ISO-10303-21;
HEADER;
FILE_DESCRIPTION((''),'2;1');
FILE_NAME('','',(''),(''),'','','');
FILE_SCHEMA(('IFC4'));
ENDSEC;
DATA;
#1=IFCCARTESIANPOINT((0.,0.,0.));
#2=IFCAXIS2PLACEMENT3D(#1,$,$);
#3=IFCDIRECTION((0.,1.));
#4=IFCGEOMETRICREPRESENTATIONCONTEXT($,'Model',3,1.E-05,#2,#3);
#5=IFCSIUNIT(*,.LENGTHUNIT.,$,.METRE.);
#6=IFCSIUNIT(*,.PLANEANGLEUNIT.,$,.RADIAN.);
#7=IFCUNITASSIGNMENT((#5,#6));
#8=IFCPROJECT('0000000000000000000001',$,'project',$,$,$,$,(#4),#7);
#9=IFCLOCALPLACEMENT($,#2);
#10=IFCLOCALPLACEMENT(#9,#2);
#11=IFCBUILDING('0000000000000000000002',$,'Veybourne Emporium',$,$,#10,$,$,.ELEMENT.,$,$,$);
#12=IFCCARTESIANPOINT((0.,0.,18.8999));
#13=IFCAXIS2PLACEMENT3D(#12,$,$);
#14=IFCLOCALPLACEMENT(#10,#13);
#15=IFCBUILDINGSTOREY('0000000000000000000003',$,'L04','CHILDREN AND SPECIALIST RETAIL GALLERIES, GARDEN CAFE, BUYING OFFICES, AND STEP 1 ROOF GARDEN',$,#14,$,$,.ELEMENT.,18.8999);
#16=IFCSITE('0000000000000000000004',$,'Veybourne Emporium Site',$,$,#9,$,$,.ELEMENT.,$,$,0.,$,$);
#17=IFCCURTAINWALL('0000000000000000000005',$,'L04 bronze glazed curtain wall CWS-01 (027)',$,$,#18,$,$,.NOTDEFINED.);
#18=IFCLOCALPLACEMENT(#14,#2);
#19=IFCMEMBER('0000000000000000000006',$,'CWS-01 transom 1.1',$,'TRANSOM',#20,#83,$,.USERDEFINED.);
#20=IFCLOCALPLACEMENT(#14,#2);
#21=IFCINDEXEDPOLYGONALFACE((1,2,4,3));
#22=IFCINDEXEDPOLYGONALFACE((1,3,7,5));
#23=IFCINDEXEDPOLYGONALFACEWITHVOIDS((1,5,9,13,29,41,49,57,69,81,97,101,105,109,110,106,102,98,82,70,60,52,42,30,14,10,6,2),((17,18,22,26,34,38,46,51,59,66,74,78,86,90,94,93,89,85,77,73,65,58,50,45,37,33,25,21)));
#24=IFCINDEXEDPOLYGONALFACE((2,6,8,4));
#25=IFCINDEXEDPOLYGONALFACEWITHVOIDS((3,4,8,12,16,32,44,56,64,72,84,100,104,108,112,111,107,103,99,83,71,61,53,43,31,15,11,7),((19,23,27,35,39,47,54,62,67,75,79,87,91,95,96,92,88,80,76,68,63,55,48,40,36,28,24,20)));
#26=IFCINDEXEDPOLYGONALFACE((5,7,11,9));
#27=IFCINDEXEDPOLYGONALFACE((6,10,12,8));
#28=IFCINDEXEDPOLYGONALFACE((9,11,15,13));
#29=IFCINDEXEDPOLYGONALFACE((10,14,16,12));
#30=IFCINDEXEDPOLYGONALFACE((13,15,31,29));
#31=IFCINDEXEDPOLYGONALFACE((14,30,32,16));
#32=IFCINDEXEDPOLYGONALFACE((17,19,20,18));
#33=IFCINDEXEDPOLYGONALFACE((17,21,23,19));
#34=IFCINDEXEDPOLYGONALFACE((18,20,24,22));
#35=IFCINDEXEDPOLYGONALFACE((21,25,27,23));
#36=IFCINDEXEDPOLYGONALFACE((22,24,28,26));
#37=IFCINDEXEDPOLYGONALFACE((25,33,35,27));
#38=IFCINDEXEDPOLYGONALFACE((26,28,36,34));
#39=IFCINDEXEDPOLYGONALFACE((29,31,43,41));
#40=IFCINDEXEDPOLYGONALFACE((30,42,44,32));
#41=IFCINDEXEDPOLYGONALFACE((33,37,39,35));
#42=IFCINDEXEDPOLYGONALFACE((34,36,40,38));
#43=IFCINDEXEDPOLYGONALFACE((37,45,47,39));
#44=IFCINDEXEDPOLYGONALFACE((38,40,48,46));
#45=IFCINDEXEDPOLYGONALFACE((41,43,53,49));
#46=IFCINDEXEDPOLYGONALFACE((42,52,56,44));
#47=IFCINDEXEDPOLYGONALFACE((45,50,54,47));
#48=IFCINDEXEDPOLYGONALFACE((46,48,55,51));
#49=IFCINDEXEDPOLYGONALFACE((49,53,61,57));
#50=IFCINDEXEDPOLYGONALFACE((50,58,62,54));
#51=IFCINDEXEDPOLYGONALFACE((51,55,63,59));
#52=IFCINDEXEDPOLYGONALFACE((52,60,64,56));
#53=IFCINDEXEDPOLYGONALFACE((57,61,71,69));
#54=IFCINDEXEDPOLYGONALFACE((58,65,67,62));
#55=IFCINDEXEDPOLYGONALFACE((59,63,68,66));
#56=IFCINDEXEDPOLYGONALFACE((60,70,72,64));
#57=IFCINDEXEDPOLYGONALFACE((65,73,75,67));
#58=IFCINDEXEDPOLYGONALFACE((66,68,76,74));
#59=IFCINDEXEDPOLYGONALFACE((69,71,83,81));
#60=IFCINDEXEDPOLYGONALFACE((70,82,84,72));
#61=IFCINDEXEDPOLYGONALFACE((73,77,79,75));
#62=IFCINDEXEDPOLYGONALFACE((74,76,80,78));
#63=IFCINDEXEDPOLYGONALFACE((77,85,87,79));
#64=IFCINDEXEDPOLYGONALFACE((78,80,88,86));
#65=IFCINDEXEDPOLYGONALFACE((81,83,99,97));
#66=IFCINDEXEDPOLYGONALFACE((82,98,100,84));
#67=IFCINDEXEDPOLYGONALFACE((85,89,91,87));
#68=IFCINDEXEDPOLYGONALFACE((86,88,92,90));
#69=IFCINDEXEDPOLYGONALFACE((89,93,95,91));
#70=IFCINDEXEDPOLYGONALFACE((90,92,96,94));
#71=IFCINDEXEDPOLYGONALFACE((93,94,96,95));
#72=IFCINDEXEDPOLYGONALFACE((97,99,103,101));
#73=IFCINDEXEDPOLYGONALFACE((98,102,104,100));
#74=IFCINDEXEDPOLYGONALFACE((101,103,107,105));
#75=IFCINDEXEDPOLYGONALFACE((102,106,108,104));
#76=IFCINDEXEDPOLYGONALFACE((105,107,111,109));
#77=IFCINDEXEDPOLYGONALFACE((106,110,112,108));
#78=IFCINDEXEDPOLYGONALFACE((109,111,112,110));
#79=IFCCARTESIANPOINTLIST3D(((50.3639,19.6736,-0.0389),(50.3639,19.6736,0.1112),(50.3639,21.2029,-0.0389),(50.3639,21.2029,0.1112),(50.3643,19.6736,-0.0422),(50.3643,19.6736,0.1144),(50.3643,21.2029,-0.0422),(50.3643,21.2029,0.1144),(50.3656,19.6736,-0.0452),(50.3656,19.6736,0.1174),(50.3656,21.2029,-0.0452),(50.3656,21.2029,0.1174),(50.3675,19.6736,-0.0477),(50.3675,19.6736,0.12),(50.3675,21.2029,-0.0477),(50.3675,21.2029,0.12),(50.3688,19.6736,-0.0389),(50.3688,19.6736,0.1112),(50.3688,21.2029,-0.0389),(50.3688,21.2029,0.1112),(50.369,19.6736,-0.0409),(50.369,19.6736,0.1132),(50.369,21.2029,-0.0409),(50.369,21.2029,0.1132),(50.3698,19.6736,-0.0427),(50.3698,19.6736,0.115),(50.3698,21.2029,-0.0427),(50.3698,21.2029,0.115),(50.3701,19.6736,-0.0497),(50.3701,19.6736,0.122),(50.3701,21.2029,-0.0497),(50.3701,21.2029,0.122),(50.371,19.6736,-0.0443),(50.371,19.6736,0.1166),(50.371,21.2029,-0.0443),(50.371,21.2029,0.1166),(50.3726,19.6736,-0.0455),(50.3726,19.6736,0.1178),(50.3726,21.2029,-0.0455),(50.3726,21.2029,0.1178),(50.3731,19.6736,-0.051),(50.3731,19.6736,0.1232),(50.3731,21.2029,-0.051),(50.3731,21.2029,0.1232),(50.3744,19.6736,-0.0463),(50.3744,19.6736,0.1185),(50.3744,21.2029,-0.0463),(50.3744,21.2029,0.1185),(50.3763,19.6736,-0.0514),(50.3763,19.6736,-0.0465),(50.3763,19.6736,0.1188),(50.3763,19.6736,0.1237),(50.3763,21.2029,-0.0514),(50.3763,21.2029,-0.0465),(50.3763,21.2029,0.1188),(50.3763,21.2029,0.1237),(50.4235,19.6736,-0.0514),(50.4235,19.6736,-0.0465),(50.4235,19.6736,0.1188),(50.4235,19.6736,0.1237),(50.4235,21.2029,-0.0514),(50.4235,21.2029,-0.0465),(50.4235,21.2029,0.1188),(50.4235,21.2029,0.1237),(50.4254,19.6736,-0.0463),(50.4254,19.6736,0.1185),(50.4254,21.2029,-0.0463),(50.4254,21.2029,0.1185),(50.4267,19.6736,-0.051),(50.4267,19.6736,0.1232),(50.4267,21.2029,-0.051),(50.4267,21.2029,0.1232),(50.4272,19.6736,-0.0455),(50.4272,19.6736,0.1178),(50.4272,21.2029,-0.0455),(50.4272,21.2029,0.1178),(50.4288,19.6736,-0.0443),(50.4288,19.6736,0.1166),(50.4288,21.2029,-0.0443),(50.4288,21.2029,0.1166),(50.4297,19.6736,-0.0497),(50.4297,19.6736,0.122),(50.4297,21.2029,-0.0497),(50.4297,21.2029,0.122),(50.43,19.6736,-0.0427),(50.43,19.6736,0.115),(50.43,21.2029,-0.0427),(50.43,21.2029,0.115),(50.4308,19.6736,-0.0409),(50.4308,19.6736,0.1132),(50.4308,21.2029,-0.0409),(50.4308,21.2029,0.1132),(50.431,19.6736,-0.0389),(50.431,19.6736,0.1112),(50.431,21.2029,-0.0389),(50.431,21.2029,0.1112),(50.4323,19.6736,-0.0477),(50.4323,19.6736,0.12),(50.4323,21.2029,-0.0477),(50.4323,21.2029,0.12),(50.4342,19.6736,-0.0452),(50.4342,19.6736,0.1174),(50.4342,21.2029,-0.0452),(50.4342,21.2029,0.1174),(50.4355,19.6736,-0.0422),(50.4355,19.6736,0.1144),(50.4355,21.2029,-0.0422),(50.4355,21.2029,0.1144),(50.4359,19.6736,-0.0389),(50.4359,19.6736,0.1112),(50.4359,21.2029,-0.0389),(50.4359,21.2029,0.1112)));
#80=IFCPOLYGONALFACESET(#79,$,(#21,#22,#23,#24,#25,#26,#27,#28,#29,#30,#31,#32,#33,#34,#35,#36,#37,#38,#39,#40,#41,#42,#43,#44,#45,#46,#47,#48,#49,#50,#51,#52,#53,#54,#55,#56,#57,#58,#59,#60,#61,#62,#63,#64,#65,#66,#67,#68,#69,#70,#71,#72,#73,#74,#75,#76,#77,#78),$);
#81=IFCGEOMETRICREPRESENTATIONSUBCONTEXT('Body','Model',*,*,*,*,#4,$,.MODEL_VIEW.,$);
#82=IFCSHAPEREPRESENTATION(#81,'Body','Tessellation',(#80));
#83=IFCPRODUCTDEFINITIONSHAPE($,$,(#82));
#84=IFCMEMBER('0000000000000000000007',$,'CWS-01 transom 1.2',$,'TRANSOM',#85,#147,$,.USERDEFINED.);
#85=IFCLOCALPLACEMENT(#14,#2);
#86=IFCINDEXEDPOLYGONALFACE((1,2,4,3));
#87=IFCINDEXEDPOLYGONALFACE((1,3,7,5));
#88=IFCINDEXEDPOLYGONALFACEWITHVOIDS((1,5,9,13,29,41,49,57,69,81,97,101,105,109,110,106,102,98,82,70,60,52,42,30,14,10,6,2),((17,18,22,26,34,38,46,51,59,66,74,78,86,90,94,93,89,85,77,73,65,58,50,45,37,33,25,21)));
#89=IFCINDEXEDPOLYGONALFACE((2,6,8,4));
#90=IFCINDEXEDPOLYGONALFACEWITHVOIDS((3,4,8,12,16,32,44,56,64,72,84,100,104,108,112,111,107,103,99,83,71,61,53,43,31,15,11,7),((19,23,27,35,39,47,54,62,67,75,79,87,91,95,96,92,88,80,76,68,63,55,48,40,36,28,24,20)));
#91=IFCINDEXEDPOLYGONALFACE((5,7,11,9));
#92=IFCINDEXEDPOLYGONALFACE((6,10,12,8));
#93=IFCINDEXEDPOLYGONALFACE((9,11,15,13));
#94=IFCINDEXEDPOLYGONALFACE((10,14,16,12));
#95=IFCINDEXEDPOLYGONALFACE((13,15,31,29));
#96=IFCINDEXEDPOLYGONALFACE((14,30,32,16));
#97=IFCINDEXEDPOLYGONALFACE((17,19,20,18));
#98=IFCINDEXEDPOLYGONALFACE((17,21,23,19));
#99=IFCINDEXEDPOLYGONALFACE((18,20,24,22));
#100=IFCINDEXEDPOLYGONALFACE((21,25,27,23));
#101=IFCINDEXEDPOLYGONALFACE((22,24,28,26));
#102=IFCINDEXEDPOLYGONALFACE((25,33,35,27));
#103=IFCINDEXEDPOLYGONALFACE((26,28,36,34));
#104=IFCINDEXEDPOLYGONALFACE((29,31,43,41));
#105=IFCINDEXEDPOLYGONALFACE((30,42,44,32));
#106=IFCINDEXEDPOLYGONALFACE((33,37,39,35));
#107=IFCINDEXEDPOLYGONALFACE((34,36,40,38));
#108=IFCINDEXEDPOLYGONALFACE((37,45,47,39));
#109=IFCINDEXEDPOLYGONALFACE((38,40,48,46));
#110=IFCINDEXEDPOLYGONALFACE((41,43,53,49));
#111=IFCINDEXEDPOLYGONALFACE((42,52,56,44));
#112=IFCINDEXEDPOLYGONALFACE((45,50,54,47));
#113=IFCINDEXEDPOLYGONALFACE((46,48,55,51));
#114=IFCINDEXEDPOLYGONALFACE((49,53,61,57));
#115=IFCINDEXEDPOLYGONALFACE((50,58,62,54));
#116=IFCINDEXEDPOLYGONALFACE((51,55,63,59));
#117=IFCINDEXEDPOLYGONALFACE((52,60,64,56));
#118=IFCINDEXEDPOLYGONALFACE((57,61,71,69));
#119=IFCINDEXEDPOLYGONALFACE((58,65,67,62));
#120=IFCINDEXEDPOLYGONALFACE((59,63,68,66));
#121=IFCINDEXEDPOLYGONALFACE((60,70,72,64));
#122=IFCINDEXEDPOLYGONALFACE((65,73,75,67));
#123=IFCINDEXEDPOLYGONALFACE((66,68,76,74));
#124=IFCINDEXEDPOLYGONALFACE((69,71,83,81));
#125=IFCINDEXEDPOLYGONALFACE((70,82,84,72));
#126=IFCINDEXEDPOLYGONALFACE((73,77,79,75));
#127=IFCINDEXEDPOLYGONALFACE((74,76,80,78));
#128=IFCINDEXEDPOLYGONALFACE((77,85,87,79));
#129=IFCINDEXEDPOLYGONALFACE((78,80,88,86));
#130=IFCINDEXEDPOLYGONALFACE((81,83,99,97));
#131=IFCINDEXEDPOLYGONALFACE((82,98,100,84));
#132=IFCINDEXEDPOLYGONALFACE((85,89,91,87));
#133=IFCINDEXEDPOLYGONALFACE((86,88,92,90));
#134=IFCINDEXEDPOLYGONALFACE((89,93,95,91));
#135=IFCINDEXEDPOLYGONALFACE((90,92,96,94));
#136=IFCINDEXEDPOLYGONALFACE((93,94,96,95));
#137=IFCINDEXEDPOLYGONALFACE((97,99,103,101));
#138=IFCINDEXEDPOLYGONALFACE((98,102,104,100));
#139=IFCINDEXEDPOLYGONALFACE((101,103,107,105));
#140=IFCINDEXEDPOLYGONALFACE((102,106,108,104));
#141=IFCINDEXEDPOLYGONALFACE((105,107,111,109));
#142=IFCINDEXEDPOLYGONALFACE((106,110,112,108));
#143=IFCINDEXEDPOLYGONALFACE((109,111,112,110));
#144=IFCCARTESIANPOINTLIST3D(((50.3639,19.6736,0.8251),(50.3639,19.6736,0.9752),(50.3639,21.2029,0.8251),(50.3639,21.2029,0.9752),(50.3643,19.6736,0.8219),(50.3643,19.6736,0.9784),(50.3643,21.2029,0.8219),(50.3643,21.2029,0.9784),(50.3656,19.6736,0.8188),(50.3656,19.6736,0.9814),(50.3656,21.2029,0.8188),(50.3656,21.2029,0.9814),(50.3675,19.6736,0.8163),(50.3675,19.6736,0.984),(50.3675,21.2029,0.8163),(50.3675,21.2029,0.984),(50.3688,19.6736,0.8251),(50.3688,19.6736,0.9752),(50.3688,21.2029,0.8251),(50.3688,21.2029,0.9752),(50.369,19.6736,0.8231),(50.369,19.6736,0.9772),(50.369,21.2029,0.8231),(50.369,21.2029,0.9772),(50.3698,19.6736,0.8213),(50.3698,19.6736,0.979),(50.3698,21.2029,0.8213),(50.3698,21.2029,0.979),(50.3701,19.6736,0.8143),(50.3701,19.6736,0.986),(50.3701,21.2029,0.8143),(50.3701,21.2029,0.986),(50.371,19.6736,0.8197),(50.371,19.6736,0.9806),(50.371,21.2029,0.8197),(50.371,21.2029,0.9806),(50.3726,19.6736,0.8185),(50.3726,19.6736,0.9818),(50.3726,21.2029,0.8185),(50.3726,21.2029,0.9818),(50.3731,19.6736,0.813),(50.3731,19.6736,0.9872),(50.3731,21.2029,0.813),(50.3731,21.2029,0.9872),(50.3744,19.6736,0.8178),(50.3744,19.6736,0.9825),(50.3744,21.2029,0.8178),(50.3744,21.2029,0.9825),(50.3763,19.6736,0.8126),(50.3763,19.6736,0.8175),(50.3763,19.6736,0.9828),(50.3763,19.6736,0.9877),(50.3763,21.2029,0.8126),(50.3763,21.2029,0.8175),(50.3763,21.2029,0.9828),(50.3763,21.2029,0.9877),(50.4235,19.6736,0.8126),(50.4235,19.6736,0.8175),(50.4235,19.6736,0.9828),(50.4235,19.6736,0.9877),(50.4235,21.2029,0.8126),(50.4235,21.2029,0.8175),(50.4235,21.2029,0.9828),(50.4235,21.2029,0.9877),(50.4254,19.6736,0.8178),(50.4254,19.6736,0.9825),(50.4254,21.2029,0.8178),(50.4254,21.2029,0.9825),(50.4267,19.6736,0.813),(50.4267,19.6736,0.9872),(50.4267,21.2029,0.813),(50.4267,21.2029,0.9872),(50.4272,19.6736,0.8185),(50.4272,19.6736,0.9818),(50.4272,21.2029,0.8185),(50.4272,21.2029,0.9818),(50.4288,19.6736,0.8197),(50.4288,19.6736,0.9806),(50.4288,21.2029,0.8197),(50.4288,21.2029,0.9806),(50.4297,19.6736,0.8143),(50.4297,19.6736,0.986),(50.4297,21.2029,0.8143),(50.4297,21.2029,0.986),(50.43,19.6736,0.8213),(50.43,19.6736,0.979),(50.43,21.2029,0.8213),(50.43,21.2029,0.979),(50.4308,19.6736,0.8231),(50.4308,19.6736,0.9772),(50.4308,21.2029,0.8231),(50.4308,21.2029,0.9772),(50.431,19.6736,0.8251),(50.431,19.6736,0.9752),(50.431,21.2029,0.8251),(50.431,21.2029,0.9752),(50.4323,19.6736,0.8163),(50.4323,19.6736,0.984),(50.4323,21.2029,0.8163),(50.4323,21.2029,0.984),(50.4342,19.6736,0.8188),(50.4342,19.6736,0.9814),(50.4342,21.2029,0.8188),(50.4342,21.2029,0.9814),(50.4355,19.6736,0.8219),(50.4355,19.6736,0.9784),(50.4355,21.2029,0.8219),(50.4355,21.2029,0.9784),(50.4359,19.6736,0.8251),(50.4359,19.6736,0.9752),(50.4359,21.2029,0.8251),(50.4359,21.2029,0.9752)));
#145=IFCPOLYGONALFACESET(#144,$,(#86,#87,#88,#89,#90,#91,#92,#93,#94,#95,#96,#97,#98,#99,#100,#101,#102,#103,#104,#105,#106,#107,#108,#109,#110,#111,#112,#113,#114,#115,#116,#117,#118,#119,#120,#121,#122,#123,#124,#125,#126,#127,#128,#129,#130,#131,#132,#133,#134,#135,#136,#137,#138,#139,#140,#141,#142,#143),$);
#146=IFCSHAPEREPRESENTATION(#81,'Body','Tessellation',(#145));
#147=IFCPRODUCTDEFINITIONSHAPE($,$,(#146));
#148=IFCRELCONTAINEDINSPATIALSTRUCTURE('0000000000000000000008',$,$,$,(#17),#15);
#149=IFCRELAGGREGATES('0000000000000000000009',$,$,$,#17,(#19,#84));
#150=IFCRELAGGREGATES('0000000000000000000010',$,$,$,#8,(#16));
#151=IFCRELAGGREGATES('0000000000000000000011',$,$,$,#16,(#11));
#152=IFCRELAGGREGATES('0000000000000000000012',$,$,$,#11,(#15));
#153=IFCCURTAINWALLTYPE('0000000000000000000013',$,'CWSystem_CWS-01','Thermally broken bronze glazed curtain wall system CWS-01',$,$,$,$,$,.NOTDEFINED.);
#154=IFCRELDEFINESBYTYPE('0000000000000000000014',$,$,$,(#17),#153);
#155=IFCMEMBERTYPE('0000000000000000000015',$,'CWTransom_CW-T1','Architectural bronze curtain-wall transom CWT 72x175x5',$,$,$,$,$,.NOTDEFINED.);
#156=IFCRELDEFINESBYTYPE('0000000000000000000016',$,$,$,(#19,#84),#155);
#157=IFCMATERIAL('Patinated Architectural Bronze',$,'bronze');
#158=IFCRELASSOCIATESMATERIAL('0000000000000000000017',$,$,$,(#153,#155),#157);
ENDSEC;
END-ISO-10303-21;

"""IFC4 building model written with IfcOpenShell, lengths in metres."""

from ifc_helpers import new_model, si_unit, direction, frame, origin, origin_2d, place, context, subcontext, project, spatial, hollow_rectangle, extrude, material, material_profile, profile_set, type_object, element, aggregate, save


model = new_model("IFC4")

# Units and contexts
model_context = context("Model", 3, precision=1e-05, world=origin(), true_north=direction((0.0, 1.0)))
body_context = subcontext(model_context, "Body", "Model", "MODEL_VIEW")
ifc_project = project(units=[si_unit("LENGTHUNIT", "METRE"), si_unit("PLANEANGLEUNIT", "RADIAN")], contexts=[model_context])

# Site, building, storey
site_placement = place(None, origin())
site = spatial("IfcSite", under=ifc_project, at=site_placement, Name="Veybourne Emporium Site", CompositionType="ELEMENT", RefElevation=0.0)
building_placement = place(site_placement, origin())
building = spatial("IfcBuilding", under=site, at=building_placement, Name="Veybourne Emporium", CompositionType="ELEMENT")
storey_placement = place(building_placement, frame((0.0, 0.0, 18.8999)))
storey = spatial("IfcBuildingStorey", under=building, at=storey_placement, Name="L04", Description="CHILDREN AND SPECIALIST RETAIL GALLERIES, GARDEN CAFE, BUYING OFFICES, AND STEP 1 ROOF GARDEN", CompositionType="ELEMENT", Elevation=18.8999)

# Curtain wall, members
ifc_material_1 = material(Name="Patinated Architectural Bronze", Category="bronze")
curtain_wall_type = type_object("IfcCurtainWallType", Name="CWSystem_CWS-01", Description="Thermally broken bronze glazed curtain wall system CWS-01", PredefinedType="NOTDEFINED", material=ifc_material_1)
curtain_wall_placement = place(storey_placement, origin())
curtain_wall = element("IfcCurtainWall", 1, at=curtain_wall_placement, inside=storey, type_object=curtain_wall_type, Name="L04 bronze glazed curtain wall CWS-01 (027)", PredefinedType="NOTDEFINED")
ifc_material_profile = material_profile(ifc_material_1, hollow_rectangle(XDim=0.072, YDim=0.175, WallThickness=0.0049, InnerFilletRadius=0.0076, OuterFilletRadius=0.0125, at=origin_2d()), Name="CWT 72x175x5")
ifc_profile_set = profile_set([ifc_material_profile], Name="Patinated Architectural Bronze")
member_type = type_object("IfcMemberType", Name="CWTransom_CW-T1", Description="Architectural bronze curtain-wall transom CWT 72x175x5", PredefinedType="NOTDEFINED", material=ifc_profile_set)
member_1_placement = place(storey_placement, frame((50.3999, 21.2029, 0.0361), z_axis=(0.0, -1.0, 0.0), x_axis=(1.0, 0.0, 0.0)))
member_1 = element("IfcMember", 2, at=member_1_placement, type_object=member_type, Name="CWS-01 transom 1.1", ObjectType="TRANSOM", PredefinedType="USERDEFINED", context=body_context, shape_type="SweptSolid", body=[
    extrude(hollow_rectangle(XDim=0.072, YDim=0.175, WallThickness=0.0049, InnerFilletRadius=0.0076, OuterFilletRadius=0.0125, at=origin_2d()), origin(), (0.0, 0.0, 1.0), 1.5293),
])
member_2_placement = place(storey_placement, frame((50.3999, 21.2029, 0.9001), z_axis=(0.0, -1.0, 0.0), x_axis=(1.0, 0.0, 0.0)))
member_2 = element("IfcMember", 3, at=member_2_placement, type_object=member_type, Name="CWS-01 transom 1.2", ObjectType="TRANSOM", PredefinedType="USERDEFINED", context=body_context, shape_type="SweptSolid", body=[
    extrude(hollow_rectangle(XDim=0.072, YDim=0.175, WallThickness=0.0049, InnerFilletRadius=0.0076, OuterFilletRadius=0.0125, at=origin_2d()), origin(), (0.0, 0.0, 1.0), 1.5293),
])
aggregate(curtain_wall, [member_1, member_2])

save(model, "model.ifc")
